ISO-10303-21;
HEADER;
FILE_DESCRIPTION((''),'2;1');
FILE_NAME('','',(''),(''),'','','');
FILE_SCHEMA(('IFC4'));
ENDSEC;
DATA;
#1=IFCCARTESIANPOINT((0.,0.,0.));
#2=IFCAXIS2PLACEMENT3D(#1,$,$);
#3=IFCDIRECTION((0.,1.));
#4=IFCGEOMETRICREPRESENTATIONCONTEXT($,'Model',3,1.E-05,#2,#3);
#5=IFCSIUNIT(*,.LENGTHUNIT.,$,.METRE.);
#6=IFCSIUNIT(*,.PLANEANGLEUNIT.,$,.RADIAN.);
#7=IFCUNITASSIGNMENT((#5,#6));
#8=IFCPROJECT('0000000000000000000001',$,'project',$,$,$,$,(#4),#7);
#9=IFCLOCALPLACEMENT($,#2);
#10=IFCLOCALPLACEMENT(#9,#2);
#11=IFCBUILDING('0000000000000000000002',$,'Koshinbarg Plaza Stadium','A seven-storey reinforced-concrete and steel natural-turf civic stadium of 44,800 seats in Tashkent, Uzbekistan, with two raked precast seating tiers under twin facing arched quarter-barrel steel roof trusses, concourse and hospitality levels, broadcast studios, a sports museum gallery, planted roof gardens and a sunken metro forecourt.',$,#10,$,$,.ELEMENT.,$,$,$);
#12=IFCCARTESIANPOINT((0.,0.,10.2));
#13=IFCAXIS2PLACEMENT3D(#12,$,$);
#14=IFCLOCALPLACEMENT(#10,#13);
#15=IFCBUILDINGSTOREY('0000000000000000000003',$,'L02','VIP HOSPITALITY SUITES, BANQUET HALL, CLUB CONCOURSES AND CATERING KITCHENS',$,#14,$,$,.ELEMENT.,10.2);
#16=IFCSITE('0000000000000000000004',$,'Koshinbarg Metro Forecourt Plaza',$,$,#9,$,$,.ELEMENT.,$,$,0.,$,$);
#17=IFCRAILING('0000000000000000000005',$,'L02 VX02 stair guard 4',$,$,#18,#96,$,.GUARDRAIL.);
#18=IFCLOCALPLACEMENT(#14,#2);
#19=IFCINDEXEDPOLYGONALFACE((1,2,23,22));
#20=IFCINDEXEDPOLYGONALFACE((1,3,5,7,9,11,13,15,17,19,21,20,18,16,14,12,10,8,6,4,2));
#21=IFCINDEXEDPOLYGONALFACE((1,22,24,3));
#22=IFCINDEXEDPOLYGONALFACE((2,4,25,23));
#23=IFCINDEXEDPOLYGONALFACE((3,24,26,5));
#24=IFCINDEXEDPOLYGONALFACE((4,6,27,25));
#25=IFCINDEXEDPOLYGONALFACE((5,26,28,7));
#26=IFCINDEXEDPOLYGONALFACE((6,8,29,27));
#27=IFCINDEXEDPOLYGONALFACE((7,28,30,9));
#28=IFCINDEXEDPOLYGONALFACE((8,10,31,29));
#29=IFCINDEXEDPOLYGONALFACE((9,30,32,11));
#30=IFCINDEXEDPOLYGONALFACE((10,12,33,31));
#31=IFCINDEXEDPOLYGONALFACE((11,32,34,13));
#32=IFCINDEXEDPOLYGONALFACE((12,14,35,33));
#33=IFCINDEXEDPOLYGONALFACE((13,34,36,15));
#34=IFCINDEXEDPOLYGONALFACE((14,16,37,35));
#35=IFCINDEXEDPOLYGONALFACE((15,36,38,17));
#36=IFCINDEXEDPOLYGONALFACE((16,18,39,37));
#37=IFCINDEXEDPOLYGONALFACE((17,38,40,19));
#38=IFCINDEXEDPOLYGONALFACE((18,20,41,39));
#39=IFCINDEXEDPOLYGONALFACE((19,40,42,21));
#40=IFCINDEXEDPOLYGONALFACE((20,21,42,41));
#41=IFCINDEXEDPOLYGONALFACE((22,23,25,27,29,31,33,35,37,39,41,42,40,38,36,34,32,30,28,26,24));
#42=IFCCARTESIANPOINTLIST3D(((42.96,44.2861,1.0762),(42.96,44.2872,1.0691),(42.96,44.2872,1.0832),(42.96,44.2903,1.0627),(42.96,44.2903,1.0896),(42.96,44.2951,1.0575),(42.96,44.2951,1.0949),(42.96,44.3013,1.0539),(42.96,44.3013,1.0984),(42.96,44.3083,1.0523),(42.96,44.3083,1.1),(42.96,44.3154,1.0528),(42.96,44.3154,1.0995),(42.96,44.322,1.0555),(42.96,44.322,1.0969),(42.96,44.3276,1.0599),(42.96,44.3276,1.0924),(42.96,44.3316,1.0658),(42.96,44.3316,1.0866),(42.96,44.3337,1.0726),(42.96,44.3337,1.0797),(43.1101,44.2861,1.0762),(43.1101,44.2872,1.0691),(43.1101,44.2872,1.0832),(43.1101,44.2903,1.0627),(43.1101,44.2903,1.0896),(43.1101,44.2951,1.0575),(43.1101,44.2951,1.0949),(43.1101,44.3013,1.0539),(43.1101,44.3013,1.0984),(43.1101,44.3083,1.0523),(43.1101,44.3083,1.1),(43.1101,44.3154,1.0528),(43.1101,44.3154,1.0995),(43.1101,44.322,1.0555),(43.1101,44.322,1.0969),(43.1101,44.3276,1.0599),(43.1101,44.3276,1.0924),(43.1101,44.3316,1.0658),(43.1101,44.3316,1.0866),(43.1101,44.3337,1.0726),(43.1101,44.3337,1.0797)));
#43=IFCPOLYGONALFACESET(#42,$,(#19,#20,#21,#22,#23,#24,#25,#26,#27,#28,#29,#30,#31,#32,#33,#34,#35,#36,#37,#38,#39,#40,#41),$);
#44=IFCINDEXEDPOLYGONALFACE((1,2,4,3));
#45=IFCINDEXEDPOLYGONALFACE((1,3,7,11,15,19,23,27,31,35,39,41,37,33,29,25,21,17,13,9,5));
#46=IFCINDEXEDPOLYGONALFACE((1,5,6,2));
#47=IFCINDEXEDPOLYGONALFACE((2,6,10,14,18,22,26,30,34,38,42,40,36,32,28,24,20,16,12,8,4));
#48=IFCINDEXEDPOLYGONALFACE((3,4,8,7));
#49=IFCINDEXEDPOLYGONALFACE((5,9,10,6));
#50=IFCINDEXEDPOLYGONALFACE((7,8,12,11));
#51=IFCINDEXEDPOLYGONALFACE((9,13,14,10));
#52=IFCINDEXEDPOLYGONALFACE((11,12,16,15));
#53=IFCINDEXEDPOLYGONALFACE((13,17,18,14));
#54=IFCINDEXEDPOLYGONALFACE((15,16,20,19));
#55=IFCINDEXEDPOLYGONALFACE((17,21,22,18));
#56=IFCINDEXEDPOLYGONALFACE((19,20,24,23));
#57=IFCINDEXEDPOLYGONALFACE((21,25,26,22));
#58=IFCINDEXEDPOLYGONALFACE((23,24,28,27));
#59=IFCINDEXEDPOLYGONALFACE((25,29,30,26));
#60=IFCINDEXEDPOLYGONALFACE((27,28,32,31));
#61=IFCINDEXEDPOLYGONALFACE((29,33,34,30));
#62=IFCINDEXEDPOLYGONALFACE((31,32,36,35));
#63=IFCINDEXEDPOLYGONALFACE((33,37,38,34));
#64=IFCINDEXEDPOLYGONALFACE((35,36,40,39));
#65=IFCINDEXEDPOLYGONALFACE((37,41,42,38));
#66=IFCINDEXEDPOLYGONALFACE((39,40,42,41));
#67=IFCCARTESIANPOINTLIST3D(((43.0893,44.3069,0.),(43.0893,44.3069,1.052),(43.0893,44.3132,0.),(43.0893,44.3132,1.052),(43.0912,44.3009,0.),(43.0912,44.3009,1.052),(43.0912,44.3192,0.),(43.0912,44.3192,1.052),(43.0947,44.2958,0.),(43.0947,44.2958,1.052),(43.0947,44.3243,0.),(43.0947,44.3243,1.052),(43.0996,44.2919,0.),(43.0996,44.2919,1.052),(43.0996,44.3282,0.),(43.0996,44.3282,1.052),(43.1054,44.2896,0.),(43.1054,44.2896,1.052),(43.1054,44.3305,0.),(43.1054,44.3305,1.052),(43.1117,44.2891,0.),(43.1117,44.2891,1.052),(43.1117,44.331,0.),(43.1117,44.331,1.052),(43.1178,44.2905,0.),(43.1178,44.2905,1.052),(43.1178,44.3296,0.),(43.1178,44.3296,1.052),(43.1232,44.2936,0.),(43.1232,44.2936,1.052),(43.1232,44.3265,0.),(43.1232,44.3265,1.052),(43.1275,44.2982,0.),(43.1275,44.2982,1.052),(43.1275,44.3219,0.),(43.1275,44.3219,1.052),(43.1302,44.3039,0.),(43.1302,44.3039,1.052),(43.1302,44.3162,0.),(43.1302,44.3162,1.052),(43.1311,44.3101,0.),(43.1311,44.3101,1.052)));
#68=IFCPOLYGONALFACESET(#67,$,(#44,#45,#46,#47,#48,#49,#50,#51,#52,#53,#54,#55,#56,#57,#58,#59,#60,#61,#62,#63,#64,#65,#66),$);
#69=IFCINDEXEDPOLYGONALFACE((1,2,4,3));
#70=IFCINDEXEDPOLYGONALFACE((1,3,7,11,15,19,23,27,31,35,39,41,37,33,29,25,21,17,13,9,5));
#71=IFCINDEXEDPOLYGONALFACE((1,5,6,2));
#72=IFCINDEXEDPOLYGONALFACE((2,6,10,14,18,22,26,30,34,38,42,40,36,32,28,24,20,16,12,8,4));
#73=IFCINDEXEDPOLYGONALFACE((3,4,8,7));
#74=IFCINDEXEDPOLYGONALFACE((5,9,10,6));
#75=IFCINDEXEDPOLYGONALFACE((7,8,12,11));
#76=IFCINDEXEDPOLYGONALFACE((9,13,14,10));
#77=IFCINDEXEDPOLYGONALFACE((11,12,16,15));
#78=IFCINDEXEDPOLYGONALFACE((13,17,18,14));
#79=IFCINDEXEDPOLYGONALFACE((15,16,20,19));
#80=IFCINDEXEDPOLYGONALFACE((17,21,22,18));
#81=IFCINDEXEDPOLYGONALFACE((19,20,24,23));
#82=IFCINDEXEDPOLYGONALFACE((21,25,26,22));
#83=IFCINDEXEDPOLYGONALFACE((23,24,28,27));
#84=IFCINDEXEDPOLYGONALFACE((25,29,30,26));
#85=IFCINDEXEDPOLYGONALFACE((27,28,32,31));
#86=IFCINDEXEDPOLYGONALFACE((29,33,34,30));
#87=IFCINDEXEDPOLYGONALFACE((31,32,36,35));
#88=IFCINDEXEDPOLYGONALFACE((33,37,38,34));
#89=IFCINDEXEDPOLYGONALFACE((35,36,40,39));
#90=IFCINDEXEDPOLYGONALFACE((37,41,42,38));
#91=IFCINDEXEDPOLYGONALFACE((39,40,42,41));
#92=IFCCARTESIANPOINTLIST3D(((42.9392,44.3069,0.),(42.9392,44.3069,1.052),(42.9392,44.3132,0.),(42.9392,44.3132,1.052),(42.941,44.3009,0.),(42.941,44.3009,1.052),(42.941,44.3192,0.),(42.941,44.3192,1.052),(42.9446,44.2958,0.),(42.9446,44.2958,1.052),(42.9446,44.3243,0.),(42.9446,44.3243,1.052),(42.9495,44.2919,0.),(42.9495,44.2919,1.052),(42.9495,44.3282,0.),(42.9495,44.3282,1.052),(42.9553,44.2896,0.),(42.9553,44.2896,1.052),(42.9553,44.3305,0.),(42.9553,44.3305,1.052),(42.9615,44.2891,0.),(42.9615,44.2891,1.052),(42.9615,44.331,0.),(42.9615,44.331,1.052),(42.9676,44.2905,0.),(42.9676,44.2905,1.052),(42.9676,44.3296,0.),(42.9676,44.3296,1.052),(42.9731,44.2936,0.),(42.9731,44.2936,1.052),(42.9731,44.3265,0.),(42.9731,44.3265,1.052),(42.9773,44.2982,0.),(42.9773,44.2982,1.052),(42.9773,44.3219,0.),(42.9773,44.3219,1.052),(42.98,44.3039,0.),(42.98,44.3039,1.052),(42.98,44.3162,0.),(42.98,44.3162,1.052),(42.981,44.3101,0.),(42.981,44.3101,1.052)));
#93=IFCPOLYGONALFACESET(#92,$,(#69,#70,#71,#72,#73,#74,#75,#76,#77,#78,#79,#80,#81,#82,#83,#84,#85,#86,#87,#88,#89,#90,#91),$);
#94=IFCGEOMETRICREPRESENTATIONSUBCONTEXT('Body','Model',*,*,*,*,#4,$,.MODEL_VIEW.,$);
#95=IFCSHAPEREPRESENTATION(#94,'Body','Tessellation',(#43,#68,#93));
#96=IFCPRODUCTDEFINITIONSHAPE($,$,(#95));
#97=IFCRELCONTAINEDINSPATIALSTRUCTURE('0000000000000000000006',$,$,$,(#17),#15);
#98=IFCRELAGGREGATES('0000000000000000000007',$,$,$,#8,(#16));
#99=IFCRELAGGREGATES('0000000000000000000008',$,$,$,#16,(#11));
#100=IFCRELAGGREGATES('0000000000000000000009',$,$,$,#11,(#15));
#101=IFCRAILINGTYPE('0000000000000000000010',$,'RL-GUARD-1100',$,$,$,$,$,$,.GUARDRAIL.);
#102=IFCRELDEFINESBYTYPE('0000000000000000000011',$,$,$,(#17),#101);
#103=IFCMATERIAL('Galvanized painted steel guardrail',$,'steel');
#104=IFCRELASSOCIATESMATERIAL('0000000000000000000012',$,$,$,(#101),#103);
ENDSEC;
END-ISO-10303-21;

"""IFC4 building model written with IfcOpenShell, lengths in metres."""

from ifc_helpers import new_model, si_unit, direction, frame, origin, origin_2d, place, context, subcontext, project, spatial, circle, extrude, material, type_object, element, save


model = new_model("IFC4")

# Units and contexts
model_context = context("Model", 3, precision=1e-05, world=origin(), true_north=direction((0.0, 1.0)))
body_context = subcontext(model_context, "Body", "Model", "MODEL_VIEW")
ifc_project = project(units=[si_unit("LENGTHUNIT", "METRE"), si_unit("PLANEANGLEUNIT", "RADIAN")], contexts=[model_context])

# Site, building, storey
site_placement = place(None, origin())
site = spatial("IfcSite", under=ifc_project, at=site_placement, Name="Koshinbarg Metro Forecourt Plaza", CompositionType="ELEMENT", RefElevation=0.0)
building_placement = place(site_placement, origin())
building = spatial("IfcBuilding", under=site, at=building_placement, Name="Koshinbarg Plaza Stadium", Description="A seven-storey reinforced-concrete and steel natural-turf civic stadium of 44,800 seats in Tashkent, Uzbekistan, with two raked precast seating tiers under twin facing arched quarter-barrel steel roof trusses, concourse and hospitality levels, broadcast studios, a sports museum gallery, planted roof gardens and a sunken metro forecourt.", CompositionType="ELEMENT")
storey_placement = place(building_placement, frame((0.0, 0.0, 10.2)))
storey = spatial("IfcBuildingStorey", under=building, at=storey_placement, Name="L02", Description="VIP HOSPITALITY SUITES, BANQUET HALL, CLUB CONCOURSES AND CATERING KITCHENS", CompositionType="ELEMENT", Elevation=10.2)

# Railing
ifc_material_1 = material(Name="Galvanized painted steel guardrail", Category="steel")
railing_type_1 = type_object("IfcRailingType", Name="RL-GUARD-1100", PredefinedType="GUARDRAIL", material=ifc_material_1)
railing_1_placement = place(storey_placement, frame((43.1101, 44.3101, 0.0)))
element("IfcRailing", 1, at=railing_1_placement, inside=storey, type_object=railing_type_1, Name="L02 VX02 stair guard 4", PredefinedType="GUARDRAIL", context=body_context, shape_type="SweptSolid", body=[
    extrude(circle(Radius=0.0239, at=origin_2d()), frame((0.0, 0.0, 1.0762), z_axis=(-1.0, 0.0, 0.0), x_axis=(0.0, -1.0, 0.0)), (0.0, 0.0, 1.0), 0.1501),
    extrude(circle(Radius=0.021, at=origin_2d()), origin(), (0.0, 0.0, 1.0), 1.052),
    extrude(circle(Radius=0.021, at=origin_2d()), frame((-0.1501, 0.0, 0.0)), (0.0, 0.0, 1.0), 1.052),
])

save(model, "model.ifc")
